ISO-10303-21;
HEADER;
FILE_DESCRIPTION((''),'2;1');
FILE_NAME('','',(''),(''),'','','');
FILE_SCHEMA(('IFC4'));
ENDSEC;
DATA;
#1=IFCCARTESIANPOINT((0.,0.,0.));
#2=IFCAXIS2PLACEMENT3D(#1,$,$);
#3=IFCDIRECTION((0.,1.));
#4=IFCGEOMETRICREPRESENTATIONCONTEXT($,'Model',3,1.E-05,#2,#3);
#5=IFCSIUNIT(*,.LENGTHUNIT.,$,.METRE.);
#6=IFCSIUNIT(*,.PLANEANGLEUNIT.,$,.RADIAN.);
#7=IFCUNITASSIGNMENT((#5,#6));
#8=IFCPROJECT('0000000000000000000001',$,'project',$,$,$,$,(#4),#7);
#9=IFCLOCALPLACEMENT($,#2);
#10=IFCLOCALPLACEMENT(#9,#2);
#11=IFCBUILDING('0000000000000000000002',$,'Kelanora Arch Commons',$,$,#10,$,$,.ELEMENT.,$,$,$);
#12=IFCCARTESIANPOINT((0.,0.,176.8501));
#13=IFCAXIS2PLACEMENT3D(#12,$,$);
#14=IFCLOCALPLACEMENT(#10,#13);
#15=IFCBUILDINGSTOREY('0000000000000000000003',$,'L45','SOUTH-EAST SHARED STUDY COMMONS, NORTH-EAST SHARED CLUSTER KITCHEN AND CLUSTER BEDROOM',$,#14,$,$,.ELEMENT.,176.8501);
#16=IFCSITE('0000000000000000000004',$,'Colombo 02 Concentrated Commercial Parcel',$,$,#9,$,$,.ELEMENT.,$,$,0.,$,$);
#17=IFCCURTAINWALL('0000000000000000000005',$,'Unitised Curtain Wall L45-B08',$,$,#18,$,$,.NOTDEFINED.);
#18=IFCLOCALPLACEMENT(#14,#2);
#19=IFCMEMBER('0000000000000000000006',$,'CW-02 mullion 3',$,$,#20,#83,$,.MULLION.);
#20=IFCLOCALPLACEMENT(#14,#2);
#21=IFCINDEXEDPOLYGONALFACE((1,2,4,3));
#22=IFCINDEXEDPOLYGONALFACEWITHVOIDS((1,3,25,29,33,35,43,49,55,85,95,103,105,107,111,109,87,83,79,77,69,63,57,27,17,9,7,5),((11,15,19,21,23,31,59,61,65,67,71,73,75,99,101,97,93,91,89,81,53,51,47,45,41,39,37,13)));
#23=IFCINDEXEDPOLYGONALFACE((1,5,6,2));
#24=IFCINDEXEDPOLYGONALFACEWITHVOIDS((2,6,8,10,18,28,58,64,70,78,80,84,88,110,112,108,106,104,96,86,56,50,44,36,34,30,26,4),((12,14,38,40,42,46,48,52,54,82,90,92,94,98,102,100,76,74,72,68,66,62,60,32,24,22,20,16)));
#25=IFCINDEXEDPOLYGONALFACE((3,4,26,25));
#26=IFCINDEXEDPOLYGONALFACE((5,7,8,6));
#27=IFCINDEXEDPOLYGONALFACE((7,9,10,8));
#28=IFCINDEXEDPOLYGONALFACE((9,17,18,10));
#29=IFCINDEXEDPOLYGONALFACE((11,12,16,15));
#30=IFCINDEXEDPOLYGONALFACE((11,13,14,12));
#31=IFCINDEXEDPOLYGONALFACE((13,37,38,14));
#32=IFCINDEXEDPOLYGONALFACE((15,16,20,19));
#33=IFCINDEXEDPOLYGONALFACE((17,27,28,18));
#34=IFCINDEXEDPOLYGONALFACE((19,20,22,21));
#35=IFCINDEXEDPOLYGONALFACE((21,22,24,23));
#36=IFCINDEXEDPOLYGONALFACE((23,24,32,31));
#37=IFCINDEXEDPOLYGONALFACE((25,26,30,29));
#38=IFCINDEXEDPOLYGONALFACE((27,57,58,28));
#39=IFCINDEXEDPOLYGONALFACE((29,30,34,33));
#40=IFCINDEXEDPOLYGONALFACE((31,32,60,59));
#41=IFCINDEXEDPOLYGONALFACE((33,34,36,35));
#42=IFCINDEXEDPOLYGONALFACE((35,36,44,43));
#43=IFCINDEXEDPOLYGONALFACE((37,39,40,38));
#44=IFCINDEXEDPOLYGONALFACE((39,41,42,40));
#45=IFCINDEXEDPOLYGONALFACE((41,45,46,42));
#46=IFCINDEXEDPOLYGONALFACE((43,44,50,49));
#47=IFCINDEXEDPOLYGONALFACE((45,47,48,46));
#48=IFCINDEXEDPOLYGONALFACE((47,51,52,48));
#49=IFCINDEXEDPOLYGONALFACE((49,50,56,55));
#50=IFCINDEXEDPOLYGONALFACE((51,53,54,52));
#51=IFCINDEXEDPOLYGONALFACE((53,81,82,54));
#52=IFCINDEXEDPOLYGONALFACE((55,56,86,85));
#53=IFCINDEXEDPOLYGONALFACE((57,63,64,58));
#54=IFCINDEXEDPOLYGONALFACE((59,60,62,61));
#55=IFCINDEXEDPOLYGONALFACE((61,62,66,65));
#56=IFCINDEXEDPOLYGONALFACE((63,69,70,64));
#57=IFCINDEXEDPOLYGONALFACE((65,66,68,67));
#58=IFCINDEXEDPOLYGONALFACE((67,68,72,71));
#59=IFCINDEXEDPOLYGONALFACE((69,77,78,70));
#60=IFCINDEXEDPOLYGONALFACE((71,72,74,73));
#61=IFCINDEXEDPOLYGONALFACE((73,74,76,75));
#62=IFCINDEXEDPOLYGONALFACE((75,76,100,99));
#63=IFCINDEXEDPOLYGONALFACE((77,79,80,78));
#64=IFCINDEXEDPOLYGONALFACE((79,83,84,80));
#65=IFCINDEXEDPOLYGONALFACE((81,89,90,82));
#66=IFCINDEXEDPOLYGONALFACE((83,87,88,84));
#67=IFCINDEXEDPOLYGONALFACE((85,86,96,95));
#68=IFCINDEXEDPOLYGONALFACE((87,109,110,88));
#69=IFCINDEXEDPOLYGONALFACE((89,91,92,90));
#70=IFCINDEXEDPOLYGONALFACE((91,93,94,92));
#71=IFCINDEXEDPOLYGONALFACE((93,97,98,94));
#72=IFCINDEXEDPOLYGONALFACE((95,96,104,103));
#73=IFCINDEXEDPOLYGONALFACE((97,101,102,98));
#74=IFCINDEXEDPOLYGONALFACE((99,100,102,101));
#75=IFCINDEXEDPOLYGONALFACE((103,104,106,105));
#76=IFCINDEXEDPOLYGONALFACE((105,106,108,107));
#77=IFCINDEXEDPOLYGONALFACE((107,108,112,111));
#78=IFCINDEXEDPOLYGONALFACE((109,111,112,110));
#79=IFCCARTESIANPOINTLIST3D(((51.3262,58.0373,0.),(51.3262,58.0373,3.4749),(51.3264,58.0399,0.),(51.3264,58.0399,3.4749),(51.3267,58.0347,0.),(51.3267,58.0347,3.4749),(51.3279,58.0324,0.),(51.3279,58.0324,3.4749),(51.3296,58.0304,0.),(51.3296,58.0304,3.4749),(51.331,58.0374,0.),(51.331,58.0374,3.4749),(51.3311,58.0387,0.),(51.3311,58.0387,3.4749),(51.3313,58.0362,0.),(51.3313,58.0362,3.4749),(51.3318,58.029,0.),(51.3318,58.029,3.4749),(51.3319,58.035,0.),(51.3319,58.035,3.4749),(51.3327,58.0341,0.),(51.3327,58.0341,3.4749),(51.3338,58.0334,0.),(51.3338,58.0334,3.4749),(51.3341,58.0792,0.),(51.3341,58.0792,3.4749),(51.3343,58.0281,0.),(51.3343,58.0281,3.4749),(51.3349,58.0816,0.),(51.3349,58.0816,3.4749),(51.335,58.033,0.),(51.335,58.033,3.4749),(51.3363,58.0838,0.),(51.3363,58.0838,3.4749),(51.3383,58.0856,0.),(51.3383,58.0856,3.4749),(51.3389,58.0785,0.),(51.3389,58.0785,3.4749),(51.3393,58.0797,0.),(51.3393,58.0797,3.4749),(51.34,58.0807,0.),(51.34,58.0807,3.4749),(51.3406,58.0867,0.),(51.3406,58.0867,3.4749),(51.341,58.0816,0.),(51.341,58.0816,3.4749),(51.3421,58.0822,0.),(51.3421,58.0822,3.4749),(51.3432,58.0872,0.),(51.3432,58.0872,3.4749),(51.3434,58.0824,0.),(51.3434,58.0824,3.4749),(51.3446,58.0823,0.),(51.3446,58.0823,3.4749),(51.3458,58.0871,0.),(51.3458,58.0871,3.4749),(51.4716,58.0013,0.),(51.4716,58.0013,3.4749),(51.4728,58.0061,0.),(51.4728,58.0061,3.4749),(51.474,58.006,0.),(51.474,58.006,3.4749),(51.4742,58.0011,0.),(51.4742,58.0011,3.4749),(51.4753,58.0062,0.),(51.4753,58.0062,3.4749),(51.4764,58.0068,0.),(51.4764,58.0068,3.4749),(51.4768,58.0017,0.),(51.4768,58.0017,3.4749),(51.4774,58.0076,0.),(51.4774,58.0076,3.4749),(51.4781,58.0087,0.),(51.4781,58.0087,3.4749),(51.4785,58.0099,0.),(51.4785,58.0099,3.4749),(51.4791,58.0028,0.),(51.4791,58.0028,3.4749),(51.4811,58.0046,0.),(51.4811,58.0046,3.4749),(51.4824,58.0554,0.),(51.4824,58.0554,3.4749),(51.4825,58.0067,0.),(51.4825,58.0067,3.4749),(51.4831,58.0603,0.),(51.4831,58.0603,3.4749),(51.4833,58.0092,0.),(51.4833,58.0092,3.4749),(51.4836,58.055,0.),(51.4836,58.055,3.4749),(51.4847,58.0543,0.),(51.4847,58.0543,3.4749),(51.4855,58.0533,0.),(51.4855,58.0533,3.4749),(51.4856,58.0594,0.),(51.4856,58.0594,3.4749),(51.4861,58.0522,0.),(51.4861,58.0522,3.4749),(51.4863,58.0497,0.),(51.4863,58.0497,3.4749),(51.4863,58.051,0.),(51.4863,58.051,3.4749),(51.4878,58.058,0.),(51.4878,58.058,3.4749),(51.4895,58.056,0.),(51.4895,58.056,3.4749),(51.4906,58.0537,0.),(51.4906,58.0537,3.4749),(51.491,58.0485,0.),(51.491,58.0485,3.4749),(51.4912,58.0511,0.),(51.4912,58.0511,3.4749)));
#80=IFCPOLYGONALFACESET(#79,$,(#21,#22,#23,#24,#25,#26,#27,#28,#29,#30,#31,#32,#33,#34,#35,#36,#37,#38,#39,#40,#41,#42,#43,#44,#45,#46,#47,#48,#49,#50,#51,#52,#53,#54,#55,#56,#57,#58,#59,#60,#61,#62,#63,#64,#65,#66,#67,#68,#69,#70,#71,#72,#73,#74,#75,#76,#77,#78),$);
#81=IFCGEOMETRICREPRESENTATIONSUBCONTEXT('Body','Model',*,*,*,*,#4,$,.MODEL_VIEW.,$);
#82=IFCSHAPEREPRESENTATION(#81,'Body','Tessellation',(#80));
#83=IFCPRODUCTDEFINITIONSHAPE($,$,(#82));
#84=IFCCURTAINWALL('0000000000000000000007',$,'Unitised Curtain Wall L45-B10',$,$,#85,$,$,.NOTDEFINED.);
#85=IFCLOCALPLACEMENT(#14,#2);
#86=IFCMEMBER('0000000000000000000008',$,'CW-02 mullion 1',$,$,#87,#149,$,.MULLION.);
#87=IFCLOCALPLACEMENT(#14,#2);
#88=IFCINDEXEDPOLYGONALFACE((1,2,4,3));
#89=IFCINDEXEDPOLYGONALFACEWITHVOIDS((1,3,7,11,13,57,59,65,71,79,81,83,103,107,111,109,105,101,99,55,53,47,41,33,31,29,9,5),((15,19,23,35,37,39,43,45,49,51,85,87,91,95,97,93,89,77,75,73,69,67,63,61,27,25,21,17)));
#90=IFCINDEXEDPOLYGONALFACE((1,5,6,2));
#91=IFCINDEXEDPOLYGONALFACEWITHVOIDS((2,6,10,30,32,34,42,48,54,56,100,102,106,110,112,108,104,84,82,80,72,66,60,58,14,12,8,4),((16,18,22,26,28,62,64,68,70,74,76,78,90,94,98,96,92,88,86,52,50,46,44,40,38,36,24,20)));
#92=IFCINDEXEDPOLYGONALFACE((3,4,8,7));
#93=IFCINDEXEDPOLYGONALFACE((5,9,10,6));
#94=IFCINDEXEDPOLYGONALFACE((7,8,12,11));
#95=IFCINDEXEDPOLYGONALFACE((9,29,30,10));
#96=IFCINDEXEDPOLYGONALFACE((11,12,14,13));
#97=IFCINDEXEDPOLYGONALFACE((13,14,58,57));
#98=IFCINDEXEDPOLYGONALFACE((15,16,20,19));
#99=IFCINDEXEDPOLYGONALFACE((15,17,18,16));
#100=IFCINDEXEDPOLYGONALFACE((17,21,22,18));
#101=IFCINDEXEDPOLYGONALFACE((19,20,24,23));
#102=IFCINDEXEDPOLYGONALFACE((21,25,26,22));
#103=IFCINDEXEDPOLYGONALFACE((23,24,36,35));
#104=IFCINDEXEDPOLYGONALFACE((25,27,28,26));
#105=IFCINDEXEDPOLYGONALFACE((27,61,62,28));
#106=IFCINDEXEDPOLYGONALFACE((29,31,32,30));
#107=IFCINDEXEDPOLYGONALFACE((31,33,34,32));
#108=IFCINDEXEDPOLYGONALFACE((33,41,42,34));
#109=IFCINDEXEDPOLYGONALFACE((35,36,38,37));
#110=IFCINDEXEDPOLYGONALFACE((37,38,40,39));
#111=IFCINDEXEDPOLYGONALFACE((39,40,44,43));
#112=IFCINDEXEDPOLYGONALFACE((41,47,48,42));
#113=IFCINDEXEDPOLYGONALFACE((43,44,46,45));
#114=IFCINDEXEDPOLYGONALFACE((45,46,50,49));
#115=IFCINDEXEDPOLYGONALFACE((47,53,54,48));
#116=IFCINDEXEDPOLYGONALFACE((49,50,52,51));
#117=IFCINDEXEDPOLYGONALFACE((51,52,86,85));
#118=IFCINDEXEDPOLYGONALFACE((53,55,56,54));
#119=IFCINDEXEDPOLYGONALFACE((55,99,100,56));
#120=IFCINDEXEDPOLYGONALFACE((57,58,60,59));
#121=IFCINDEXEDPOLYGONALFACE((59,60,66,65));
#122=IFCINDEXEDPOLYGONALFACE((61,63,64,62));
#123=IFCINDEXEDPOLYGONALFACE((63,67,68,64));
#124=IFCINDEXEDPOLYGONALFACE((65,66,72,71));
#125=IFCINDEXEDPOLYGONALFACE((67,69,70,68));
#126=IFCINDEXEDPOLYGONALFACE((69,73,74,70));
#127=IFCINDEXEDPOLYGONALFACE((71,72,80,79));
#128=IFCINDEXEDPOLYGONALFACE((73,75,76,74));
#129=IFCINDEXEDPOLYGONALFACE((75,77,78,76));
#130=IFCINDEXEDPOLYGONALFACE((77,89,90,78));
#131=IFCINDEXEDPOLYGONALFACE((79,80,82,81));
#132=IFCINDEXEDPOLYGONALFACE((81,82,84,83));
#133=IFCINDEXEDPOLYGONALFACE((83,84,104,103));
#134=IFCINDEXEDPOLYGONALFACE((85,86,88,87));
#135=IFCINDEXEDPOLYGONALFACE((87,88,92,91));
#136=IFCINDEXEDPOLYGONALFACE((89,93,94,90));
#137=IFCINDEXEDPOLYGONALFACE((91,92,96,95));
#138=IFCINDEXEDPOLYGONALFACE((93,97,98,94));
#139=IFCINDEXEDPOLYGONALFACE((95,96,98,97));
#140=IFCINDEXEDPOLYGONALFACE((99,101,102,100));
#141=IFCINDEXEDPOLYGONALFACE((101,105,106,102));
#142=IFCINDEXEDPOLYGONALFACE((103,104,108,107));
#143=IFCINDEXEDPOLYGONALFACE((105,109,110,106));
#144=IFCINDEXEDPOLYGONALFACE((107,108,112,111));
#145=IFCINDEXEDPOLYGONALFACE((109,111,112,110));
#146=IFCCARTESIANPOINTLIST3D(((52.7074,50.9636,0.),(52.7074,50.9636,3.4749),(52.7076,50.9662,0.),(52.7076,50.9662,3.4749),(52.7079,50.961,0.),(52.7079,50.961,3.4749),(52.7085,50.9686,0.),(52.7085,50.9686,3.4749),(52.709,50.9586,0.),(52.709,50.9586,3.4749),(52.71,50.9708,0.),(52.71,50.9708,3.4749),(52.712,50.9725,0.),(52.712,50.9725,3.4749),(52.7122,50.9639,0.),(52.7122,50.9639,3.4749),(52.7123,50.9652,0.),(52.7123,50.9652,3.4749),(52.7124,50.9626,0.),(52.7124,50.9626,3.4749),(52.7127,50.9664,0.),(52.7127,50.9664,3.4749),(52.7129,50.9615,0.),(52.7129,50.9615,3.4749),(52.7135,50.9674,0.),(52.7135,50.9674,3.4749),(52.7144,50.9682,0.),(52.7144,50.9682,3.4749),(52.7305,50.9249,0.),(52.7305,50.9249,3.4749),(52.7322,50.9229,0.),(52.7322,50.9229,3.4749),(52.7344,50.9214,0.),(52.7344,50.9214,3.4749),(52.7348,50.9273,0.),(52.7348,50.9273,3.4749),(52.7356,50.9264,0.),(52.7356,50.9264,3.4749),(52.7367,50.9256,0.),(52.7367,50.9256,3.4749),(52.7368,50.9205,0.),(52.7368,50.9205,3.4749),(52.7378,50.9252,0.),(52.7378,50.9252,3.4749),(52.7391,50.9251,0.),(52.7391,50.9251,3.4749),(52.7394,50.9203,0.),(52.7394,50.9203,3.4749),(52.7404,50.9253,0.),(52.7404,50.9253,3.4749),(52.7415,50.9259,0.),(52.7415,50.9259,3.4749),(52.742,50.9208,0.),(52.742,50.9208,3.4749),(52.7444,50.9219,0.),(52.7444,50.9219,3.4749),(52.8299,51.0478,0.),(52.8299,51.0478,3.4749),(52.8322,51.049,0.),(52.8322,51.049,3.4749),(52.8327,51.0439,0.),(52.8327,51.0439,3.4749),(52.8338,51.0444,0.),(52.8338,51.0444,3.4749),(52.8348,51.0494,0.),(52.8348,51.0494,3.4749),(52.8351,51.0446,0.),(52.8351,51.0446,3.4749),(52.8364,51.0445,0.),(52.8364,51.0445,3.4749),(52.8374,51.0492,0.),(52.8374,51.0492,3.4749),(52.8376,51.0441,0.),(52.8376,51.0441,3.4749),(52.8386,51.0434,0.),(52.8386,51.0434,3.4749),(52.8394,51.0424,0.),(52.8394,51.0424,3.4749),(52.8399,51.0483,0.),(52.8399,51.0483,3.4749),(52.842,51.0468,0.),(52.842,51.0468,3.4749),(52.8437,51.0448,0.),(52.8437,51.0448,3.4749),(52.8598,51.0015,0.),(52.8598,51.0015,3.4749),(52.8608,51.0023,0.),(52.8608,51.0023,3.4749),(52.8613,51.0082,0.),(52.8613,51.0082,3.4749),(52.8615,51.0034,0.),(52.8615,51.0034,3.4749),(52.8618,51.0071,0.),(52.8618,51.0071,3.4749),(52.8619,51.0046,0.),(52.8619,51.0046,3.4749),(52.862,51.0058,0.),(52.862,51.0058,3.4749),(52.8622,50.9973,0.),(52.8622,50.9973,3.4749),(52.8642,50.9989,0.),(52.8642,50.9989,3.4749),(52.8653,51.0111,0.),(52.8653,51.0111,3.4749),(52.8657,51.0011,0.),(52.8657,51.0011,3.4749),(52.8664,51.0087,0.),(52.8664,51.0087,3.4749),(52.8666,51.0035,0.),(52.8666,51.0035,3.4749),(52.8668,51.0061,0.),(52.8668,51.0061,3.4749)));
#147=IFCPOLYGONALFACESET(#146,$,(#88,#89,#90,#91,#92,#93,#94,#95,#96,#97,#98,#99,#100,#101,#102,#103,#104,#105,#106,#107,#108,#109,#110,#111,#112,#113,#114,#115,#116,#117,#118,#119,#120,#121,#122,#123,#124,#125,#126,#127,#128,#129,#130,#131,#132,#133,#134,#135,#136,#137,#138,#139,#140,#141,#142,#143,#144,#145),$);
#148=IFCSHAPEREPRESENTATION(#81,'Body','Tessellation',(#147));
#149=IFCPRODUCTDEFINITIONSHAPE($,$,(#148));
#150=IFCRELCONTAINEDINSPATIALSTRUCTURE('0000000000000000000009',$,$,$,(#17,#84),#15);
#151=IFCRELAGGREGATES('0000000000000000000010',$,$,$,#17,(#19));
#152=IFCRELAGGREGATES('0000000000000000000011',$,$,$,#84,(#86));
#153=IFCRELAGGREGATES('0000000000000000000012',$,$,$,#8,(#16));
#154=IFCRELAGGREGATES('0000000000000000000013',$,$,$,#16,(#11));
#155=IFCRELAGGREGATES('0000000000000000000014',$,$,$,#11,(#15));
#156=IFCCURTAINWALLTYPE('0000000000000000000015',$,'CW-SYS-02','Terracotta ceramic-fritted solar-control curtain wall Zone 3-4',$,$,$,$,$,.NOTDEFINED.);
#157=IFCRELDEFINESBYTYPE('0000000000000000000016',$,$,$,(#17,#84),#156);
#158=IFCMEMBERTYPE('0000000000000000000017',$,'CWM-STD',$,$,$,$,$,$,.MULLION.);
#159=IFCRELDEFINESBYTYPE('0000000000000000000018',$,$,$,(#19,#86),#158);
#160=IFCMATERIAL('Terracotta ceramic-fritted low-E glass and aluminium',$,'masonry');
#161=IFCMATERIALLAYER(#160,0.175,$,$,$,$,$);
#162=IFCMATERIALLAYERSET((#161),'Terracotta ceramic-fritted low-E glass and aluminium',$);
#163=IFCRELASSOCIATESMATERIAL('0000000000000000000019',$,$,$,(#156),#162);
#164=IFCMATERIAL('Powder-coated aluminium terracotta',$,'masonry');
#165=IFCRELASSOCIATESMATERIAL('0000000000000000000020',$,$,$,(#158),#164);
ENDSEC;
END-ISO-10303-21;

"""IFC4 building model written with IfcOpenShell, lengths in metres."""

from ifc_helpers import new_model, si_unit, direction, frame, origin, origin_2d, place, context, subcontext, project, spatial, hollow_rectangle, extrude, material, layer, layer_set, material_profile, profile_set, type_object, element, aggregate, save


model = new_model("IFC4")

# Units and contexts
model_context = context("Model", 3, precision=1e-05, world=origin(), true_north=direction((0.0, 1.0)))
body_context = subcontext(model_context, "Body", "Model", "MODEL_VIEW")
ifc_project = project(units=[si_unit("LENGTHUNIT", "METRE"), si_unit("PLANEANGLEUNIT", "RADIAN")], contexts=[model_context])

# Site, building, storey
site_placement = place(None, origin())
site = spatial("IfcSite", under=ifc_project, at=site_placement, Name="Colombo 02 Concentrated Commercial Parcel", CompositionType="ELEMENT", RefElevation=0.0)
building_placement = place(site_placement, origin())
building = spatial("IfcBuilding", under=site, at=building_placement, Name="Kelanora Arch Commons", CompositionType="ELEMENT")
storey_placement = place(building_placement, frame((0.0, 0.0, 176.8501)))
storey = spatial("IfcBuildingStorey", under=building, at=storey_placement, Name="L45", Description="SOUTH-EAST SHARED STUDY COMMONS, NORTH-EAST SHARED CLUSTER KITCHEN AND CLUSTER BEDROOM", CompositionType="ELEMENT", Elevation=176.8501)

# Curtain wall, member
ifc_material_1 = material(Name="Terracotta ceramic-fritted low-E glass and aluminium", Category="masonry")
ifc_layer_1 = layer(ifc_material_1, 0.175)
ifc_layer_set_1 = layer_set([ifc_layer_1], Name="Terracotta ceramic-fritted low-E glass and aluminium")
curtain_wall_type = type_object("IfcCurtainWallType", Name="CW-SYS-02", Description="Terracotta ceramic-fritted solar-control curtain wall Zone 3-4", PredefinedType="NOTDEFINED", material=ifc_layer_set_1)
curtain_wall_1_placement = place(storey_placement, origin())
curtain_wall_1 = element("IfcCurtainWall", 1, at=curtain_wall_1_placement, inside=storey, type_object=curtain_wall_type, Name="Unitised Curtain Wall L45-B08", PredefinedType="NOTDEFINED")
ifc_material_2 = material(Name="Powder-coated aluminium terracotta", Category="masonry")
ifc_material_profile_1 = material_profile(ifc_material_2, hollow_rectangle(XDim=0.1599, YDim=0.0601, WallThickness=0.0049, InnerFilletRadius=0.0049, OuterFilletRadius=0.01, at=origin_2d()), Name="CWM160x60")
ifc_profile_set_1 = profile_set([ifc_material_profile_1], Name="Powder-coated aluminium terracotta")
member_type_1 = type_object("IfcMemberType", Name="CWM-STD", PredefinedType="MULLION", material=ifc_profile_set_1)
member_1_placement = place(storey_placement, frame((51.4087, 58.0442, 0.0), z_axis=(0.0, 0.0, 1.0), x_axis=(0.981453, -0.191705, 0.0)))
member_1 = element("IfcMember", 2, at=member_1_placement, type_object=member_type_1, Name="CW-02 mullion 3", PredefinedType="MULLION", context=body_context, shape_type="SweptSolid", body=[
    extrude(hollow_rectangle(XDim=0.1599, YDim=0.0601, WallThickness=0.0049, InnerFilletRadius=0.0049, OuterFilletRadius=0.01, at=origin_2d()), origin(), (0.0, 0.0, 1.0), 3.4749),
])
aggregate(curtain_wall_1, [member_1])

# Curtain wall, member
curtain_wall_2_placement = place(storey_placement, origin())
curtain_wall_2 = element("IfcCurtainWall", 3, at=curtain_wall_2_placement, inside=storey, type_object=curtain_wall_type, Name="Unitised Curtain Wall L45-B10", PredefinedType="NOTDEFINED")
member_2_placement = place(storey_placement, frame((52.7871, 50.9849, 0.0), z_axis=(0.0, 0.0, 1.0), x_axis=(0.842423, 0.538817, 0.0)))
member_2 = element("IfcMember", 4, at=member_2_placement, type_object=member_type_1, Name="CW-02 mullion 1", PredefinedType="MULLION", context=body_context, shape_type="SweptSolid", body=[
    extrude(hollow_rectangle(XDim=0.1599, YDim=0.0601, WallThickness=0.0049, InnerFilletRadius=0.0049, OuterFilletRadius=0.01, at=origin_2d()), origin(), (0.0, 0.0, 1.0), 3.4749),
])

aggregate(curtain_wall_2, [member_2])

save(model, "model.ifc")
